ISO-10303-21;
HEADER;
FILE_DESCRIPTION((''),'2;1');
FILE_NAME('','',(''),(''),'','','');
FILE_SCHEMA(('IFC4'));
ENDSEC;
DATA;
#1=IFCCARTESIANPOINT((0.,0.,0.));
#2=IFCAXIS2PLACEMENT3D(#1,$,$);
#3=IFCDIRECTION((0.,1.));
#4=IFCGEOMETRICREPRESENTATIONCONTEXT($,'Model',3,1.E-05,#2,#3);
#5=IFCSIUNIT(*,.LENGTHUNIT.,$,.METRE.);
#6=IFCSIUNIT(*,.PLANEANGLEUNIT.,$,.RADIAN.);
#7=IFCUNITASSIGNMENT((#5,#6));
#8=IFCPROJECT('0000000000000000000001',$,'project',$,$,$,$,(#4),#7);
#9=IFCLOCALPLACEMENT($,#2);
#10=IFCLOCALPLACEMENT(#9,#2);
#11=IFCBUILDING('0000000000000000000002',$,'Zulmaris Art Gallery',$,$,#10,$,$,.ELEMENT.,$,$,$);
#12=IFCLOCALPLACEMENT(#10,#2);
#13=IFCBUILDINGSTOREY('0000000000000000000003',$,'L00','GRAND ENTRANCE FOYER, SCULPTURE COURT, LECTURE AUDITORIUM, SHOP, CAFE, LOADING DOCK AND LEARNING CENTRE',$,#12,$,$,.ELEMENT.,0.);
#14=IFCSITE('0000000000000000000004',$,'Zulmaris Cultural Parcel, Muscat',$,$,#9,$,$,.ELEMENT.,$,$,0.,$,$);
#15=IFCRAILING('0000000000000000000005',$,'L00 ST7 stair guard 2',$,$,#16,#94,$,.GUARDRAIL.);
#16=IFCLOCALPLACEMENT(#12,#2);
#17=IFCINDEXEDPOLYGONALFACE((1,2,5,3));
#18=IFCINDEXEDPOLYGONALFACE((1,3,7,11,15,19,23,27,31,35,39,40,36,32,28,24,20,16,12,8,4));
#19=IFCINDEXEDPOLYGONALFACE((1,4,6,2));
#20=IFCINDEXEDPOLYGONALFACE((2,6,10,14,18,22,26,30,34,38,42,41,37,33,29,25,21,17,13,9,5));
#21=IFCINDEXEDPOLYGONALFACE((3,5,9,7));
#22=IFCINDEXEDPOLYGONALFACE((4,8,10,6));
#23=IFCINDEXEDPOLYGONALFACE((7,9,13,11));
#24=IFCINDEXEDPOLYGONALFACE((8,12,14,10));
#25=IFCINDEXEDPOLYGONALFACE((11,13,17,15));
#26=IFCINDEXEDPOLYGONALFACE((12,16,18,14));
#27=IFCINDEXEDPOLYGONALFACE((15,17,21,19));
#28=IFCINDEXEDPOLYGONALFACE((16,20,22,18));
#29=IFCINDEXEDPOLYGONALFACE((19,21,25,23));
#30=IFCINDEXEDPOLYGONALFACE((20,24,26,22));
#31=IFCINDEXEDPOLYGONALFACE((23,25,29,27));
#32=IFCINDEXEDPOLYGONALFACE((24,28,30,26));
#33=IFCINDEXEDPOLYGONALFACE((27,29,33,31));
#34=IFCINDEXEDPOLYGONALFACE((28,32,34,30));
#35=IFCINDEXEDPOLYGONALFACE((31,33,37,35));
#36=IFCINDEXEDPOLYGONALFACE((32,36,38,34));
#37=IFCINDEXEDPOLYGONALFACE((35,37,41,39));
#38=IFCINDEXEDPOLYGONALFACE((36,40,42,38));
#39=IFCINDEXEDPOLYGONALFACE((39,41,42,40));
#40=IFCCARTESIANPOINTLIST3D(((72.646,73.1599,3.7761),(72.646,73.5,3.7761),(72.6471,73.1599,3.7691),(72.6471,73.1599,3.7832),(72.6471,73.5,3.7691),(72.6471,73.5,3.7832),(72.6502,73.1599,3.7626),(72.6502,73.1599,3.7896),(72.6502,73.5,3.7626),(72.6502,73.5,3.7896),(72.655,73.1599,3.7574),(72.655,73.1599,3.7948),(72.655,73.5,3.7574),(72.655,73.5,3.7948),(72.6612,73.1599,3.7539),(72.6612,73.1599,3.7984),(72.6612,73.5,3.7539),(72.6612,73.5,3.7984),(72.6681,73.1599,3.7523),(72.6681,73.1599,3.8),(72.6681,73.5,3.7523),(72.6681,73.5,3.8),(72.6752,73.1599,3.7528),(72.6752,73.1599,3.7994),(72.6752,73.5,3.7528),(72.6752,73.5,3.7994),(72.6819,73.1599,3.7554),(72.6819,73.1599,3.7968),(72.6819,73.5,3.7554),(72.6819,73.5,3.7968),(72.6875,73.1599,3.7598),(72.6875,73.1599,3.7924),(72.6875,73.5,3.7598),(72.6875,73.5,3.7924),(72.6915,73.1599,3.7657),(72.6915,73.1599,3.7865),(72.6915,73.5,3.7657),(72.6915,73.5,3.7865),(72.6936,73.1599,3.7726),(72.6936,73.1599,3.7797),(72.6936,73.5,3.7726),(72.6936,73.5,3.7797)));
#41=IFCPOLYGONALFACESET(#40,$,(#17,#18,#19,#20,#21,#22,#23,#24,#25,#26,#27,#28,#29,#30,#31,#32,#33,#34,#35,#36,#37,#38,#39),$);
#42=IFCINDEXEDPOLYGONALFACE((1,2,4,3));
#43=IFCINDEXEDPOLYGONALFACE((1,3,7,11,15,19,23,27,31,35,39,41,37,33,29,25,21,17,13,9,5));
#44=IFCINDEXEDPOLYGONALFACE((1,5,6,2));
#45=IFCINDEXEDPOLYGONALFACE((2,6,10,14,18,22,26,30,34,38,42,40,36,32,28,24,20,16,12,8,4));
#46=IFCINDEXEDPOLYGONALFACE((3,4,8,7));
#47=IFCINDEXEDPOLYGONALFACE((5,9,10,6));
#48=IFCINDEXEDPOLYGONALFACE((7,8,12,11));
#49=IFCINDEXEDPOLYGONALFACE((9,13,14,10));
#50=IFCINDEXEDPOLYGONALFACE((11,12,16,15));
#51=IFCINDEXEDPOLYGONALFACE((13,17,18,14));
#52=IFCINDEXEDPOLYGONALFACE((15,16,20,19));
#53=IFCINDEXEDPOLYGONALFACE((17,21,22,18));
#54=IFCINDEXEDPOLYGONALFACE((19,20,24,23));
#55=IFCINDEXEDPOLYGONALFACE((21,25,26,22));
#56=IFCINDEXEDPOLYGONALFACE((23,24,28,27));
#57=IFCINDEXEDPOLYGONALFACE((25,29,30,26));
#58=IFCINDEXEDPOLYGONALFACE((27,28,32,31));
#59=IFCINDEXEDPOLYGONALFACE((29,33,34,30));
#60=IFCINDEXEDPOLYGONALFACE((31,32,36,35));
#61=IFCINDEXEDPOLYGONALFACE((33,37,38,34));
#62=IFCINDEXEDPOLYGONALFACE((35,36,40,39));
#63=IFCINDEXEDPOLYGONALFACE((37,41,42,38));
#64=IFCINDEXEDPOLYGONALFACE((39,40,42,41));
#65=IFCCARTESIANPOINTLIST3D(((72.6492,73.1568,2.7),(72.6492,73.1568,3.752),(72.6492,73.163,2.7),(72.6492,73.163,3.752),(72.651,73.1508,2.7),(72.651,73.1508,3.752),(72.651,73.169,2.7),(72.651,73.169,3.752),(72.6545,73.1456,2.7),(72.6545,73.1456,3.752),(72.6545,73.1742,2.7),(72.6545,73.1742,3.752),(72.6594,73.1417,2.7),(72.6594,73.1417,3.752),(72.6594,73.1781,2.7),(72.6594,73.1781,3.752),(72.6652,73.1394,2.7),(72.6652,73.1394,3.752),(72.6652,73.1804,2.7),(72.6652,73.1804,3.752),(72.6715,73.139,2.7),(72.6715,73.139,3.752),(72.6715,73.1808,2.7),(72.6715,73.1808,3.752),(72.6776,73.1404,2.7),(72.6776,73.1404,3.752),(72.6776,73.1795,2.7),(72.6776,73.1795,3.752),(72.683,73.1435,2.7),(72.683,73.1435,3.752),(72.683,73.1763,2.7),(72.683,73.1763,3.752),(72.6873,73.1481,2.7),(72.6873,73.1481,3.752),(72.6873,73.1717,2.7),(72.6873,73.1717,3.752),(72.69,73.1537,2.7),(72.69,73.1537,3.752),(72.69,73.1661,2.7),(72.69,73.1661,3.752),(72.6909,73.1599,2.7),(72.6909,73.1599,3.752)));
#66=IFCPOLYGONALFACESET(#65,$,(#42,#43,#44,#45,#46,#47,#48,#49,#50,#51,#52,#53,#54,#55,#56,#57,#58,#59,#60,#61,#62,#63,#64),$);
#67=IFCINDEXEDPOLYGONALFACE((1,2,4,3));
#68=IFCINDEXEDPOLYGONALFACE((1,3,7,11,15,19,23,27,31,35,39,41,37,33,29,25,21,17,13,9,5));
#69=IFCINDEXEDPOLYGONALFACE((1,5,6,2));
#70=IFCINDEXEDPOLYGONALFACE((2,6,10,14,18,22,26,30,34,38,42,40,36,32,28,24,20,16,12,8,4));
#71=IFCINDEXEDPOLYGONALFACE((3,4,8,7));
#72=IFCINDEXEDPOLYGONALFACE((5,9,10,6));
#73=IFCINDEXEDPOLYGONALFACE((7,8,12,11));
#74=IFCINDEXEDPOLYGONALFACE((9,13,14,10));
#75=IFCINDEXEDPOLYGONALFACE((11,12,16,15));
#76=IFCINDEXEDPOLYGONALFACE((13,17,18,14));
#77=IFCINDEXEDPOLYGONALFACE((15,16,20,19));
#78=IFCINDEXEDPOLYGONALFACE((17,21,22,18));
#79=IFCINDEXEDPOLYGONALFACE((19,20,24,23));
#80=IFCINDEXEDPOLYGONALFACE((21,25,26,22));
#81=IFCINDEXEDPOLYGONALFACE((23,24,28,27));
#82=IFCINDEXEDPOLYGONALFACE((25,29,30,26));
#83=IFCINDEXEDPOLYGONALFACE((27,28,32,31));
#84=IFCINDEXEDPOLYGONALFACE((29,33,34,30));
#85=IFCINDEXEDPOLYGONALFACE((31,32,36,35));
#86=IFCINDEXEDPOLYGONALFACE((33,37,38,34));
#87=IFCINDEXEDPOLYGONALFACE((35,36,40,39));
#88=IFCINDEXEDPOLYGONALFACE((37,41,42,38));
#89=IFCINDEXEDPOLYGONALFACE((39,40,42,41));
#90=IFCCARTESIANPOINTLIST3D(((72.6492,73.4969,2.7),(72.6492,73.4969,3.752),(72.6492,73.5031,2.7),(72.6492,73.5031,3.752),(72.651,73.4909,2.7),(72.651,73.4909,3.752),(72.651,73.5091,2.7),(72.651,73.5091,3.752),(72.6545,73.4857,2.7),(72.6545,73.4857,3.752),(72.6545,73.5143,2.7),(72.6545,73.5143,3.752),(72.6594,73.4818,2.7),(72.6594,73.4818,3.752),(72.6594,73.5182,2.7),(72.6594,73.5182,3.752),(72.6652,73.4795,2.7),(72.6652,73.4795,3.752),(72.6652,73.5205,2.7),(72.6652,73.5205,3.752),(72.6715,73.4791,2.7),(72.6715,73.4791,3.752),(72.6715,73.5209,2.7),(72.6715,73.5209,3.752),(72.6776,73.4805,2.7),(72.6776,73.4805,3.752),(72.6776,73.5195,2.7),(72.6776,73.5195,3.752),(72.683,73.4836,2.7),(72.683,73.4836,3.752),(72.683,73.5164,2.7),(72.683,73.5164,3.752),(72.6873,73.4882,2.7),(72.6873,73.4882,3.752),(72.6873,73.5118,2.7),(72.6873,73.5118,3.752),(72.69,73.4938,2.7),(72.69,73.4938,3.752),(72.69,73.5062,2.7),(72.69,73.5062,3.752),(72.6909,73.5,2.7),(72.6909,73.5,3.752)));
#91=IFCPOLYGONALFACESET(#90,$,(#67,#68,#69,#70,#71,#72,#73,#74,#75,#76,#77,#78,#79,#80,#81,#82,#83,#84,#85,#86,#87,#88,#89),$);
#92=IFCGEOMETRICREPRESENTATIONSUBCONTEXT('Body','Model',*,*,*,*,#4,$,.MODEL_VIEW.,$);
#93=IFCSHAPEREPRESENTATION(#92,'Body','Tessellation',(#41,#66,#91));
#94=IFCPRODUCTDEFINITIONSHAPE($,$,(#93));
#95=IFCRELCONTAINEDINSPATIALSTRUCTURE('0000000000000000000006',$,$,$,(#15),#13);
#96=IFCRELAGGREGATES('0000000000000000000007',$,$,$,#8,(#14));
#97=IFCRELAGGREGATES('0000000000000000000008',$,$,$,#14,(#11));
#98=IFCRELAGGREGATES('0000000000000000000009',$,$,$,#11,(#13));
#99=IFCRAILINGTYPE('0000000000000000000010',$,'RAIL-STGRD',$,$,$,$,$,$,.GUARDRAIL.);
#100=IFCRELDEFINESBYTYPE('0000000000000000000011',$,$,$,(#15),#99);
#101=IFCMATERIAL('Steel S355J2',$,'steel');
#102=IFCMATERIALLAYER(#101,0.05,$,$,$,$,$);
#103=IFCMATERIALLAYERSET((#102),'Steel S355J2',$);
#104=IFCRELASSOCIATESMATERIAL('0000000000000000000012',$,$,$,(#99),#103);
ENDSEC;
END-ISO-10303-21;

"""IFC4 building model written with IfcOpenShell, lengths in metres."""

from ifc_helpers import new_model, si_unit, direction, frame, origin, origin_2d, place, context, subcontext, project, spatial, circle, extrude, material, layer, layer_set, type_object, element, save


model = new_model("IFC4")

# Units and contexts
model_context = context("Model", 3, precision=1e-05, world=origin(), true_north=direction((0.0, 1.0)))
body_context = subcontext(model_context, "Body", "Model", "MODEL_VIEW")
ifc_project = project(units=[si_unit("LENGTHUNIT", "METRE"), si_unit("PLANEANGLEUNIT", "RADIAN")], contexts=[model_context])

# Site, building, storey
site_placement = place(None, origin())
site = spatial("IfcSite", under=ifc_project, at=site_placement, Name="Zulmaris Cultural Parcel, Muscat", CompositionType="ELEMENT", RefElevation=0.0)
building_placement = place(site_placement, origin())
building = spatial("IfcBuilding", under=site, at=building_placement, Name="Zulmaris Art Gallery", CompositionType="ELEMENT")
storey_placement = place(building_placement, origin())
storey = spatial("IfcBuildingStorey", under=building, at=storey_placement, Name="L00", Description="GRAND ENTRANCE FOYER, SCULPTURE COURT, LECTURE AUDITORIUM, SHOP, CAFE, LOADING DOCK AND LEARNING CENTRE", CompositionType="ELEMENT", Elevation=0.0)

# Railing
ifc_material_1 = material(Name="Steel S355J2", Category="steel")
ifc_layer_1 = layer(ifc_material_1, 0.05)
ifc_layer_set_1 = layer_set([ifc_layer_1], Name="Steel S355J2")
railing_type_1 = type_object("IfcRailingType", Name="RAIL-STGRD", PredefinedType="GUARDRAIL", material=ifc_layer_set_1)
railing_1_placement = place(storey_placement, frame((72.6699, 73.1599, 2.7)))
element("IfcRailing", 1, at=railing_1_placement, inside=storey, type_object=railing_type_1, Name="L00 ST7 stair guard 2", PredefinedType="GUARDRAIL", context=body_context, shape_type="SweptSolid", body=[
    extrude(circle(Radius=0.0239, at=origin_2d()), frame((0.0, 0.0, 1.0762), z_axis=(0.0, 1.0, 0.0), x_axis=(-1.0, 0.0, 0.0)), (0.0, 0.0, 1.0), 0.3401),
    extrude(circle(Radius=0.021, at=origin_2d()), origin(), (0.0, 0.0, 1.0), 1.052),
    extrude(circle(Radius=0.021, at=origin_2d()), frame((0.0, 0.3401, 0.0)), (0.0, 0.0, 1.0), 1.052),
])

save(model, "model.ifc")
